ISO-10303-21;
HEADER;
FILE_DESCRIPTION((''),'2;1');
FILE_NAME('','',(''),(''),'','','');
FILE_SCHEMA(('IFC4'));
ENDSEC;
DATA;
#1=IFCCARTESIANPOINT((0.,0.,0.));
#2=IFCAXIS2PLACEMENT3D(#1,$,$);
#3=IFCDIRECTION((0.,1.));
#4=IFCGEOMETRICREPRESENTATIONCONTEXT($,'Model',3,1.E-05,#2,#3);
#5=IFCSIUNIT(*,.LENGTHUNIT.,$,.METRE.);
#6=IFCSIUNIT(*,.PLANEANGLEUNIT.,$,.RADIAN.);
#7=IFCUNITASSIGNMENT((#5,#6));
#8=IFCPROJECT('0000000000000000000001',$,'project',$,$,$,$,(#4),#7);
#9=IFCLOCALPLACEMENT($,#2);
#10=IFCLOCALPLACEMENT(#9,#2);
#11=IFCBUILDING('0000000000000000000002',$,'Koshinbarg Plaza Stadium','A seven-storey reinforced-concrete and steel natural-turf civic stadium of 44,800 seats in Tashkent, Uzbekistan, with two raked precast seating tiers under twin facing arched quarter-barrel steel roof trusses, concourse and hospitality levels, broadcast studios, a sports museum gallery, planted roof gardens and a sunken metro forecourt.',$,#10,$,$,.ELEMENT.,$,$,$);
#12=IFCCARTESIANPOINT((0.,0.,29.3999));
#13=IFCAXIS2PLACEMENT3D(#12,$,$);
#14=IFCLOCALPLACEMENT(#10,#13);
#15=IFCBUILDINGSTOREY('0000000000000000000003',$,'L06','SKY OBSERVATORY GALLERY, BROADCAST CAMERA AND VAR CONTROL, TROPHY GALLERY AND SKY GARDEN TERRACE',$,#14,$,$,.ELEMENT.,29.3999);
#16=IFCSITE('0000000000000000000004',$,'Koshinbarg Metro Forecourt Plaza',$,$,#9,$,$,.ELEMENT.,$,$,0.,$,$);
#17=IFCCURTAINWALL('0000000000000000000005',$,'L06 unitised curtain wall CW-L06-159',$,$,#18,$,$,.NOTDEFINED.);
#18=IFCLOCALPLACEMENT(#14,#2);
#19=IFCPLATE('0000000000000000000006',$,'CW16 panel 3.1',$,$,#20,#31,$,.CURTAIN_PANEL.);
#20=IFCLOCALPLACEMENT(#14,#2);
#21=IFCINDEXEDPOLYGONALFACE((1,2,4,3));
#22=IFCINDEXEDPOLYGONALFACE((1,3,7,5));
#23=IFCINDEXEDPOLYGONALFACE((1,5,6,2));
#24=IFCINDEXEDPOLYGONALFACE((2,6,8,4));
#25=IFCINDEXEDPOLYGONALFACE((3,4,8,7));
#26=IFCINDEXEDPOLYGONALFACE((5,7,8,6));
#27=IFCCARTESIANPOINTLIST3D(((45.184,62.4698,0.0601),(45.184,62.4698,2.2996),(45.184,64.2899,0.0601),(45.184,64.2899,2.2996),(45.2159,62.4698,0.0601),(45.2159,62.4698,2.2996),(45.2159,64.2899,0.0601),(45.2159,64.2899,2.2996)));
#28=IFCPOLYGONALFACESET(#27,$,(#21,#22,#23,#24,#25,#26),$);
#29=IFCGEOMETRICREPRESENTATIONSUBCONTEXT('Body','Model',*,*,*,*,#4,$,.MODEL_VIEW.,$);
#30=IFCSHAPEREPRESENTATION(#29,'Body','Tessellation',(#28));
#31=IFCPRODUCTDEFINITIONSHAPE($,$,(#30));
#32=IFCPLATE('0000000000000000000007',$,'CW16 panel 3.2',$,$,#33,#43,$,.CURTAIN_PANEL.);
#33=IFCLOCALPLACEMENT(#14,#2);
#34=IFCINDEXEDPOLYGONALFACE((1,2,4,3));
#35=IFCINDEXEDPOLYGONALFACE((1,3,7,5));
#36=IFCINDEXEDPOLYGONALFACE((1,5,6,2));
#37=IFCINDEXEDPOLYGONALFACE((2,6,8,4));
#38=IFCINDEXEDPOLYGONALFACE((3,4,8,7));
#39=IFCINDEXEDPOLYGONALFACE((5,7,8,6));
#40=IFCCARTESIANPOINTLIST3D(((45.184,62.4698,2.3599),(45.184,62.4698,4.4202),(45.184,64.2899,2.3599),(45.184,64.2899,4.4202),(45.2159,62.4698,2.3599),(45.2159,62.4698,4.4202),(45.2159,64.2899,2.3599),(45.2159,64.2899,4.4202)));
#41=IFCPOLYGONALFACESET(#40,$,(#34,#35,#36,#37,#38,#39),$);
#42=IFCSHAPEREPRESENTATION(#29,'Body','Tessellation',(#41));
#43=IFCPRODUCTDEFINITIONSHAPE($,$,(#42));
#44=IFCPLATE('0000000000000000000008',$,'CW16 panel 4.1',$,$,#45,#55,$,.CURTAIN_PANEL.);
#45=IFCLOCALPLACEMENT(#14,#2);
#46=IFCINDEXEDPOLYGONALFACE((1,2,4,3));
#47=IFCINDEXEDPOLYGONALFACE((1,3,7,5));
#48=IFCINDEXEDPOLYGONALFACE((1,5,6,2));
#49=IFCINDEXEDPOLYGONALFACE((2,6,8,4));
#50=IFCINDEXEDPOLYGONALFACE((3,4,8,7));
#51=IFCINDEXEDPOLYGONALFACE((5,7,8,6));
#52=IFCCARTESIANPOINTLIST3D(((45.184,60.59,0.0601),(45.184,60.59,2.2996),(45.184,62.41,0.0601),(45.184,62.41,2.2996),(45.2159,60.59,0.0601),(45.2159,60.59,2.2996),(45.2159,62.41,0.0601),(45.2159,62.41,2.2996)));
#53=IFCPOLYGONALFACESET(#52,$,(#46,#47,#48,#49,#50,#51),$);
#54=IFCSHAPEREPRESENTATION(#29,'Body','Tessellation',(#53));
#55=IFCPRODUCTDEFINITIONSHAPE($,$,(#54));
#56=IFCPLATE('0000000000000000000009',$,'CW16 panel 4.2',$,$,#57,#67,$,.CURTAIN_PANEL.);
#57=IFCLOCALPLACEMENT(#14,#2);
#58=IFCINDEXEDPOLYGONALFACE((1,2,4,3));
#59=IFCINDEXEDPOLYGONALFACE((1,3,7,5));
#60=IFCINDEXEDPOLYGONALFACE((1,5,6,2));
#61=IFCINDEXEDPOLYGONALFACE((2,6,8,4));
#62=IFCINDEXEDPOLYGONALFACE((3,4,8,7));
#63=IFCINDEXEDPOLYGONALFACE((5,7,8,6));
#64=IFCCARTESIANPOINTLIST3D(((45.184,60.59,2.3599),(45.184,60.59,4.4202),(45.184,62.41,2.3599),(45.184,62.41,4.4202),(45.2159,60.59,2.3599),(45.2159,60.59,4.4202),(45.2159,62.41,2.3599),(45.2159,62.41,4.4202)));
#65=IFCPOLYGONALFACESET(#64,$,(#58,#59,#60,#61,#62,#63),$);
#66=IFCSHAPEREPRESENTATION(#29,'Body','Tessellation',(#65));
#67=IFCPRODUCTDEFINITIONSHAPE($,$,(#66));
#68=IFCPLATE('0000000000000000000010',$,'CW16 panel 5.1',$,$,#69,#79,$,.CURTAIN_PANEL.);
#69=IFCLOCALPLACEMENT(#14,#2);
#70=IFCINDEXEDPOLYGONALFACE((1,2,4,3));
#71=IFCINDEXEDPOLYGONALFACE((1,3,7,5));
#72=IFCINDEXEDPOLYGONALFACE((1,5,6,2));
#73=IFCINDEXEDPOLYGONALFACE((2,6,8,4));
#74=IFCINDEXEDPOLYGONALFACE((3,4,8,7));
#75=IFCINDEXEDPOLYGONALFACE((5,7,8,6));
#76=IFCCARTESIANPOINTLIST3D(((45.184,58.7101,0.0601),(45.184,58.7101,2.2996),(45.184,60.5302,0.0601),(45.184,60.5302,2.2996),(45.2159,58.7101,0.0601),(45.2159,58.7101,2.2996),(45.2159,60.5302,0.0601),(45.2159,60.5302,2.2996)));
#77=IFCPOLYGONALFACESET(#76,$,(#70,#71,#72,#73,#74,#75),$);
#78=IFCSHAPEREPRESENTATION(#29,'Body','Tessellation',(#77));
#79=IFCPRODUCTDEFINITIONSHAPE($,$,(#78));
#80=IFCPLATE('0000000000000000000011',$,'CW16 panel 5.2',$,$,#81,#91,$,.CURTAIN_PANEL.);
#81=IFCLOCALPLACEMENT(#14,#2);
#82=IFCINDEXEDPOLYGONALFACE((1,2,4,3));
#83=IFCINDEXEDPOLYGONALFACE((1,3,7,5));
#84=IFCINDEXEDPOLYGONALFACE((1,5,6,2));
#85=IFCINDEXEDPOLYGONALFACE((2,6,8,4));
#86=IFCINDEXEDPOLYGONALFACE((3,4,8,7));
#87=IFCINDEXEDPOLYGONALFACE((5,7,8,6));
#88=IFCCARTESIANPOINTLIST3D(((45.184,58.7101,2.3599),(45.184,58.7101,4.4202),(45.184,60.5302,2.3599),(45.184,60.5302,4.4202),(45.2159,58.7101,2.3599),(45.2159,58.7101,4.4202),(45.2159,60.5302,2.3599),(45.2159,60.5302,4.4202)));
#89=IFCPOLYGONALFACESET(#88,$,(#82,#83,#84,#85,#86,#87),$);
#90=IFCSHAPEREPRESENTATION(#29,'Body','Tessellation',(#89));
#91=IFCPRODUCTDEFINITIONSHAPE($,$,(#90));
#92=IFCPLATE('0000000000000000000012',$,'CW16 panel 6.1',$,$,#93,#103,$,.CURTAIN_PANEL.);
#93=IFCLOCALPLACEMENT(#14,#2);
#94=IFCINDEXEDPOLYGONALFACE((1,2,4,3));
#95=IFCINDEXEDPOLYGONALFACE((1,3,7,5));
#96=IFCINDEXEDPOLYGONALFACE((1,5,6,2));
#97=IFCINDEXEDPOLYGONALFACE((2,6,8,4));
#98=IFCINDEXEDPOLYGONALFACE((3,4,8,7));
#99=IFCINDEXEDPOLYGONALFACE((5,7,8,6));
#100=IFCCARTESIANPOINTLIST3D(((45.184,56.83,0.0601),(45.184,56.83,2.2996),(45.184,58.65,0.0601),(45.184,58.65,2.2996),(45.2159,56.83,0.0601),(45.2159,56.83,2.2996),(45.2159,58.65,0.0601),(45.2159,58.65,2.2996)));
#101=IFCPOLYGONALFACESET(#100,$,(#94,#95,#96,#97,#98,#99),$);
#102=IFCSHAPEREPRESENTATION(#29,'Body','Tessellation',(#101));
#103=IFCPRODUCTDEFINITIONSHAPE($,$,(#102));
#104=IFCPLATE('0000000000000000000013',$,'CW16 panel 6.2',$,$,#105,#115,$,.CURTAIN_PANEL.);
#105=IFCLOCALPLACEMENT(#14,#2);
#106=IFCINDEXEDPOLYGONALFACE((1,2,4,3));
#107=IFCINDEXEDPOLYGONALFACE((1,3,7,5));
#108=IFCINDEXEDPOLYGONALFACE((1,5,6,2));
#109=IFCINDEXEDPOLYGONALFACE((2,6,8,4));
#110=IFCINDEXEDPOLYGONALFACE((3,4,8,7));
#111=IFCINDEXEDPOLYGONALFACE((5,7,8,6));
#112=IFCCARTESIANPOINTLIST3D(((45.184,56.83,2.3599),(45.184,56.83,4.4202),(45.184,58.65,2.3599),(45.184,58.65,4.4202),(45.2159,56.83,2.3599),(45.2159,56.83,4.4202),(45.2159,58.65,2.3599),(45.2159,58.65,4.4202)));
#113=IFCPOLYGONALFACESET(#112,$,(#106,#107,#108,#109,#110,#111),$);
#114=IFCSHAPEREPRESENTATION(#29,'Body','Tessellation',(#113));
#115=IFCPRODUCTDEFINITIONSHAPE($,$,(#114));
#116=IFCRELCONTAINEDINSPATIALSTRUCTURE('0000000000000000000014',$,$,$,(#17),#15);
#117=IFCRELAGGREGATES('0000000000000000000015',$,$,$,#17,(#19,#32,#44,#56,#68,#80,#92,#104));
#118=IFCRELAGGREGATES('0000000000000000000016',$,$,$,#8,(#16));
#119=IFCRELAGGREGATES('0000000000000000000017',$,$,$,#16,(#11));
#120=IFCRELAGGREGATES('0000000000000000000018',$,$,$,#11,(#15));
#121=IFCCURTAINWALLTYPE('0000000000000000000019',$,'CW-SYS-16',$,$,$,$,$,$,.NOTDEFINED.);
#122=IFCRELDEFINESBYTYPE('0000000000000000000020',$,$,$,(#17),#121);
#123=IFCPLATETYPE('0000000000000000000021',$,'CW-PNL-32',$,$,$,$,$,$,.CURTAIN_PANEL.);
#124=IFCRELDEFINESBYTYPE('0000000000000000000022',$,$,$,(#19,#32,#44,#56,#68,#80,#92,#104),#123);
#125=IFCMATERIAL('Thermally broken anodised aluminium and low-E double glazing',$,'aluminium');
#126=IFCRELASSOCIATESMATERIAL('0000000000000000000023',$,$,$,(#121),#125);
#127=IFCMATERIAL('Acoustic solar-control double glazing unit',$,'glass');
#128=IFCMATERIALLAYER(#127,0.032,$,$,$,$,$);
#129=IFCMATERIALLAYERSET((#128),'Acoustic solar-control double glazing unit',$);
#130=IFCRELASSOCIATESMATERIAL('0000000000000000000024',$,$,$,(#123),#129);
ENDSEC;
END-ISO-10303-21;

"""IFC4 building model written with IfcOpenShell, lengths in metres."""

from ifc_helpers import new_model, si_unit, direction, frame, origin, origin_2d, place, context, subcontext, project, spatial, rectangle, extrude, material, layer, layer_set, type_object, element, aggregate, save


model = new_model("IFC4")

# Units and contexts
model_context = context("Model", 3, precision=1e-05, world=origin(), true_north=direction((0.0, 1.0)))
body_context = subcontext(model_context, "Body", "Model", "MODEL_VIEW")
ifc_project = project(units=[si_unit("LENGTHUNIT", "METRE"), si_unit("PLANEANGLEUNIT", "RADIAN")], contexts=[model_context])

# Site, building, storey
site_placement = place(None, origin())
site = spatial("IfcSite", under=ifc_project, at=site_placement, Name="Koshinbarg Metro Forecourt Plaza", CompositionType="ELEMENT", RefElevation=0.0)
building_placement = place(site_placement, origin())
building = spatial("IfcBuilding", under=site, at=building_placement, Name="Koshinbarg Plaza Stadium", Description="A seven-storey reinforced-concrete and steel natural-turf civic stadium of 44,800 seats in Tashkent, Uzbekistan, with two raked precast seating tiers under twin facing arched quarter-barrel steel roof trusses, concourse and hospitality levels, broadcast studios, a sports museum gallery, planted roof gardens and a sunken metro forecourt.", CompositionType="ELEMENT")
storey_placement = place(building_placement, frame((0.0, 0.0, 29.3999)))
storey = spatial("IfcBuildingStorey", under=building, at=storey_placement, Name="L06", Description="SKY OBSERVATORY GALLERY, BROADCAST CAMERA AND VAR CONTROL, TROPHY GALLERY AND SKY GARDEN TERRACE", CompositionType="ELEMENT", Elevation=29.3999)

# Curtain wall, plates
ifc_material_1 = material(Name="Thermally broken anodised aluminium and low-E double glazing", Category="aluminium")
curtain_wall_type = type_object("IfcCurtainWallType", Name="CW-SYS-16", PredefinedType="NOTDEFINED", material=ifc_material_1)
curtain_wall_placement = place(storey_placement, origin())
curtain_wall = element("IfcCurtainWall", 1, at=curtain_wall_placement, inside=storey, type_object=curtain_wall_type, Name="L06 unitised curtain wall CW-L06-159", PredefinedType="NOTDEFINED")
ifc_material_2 = material(Name="Acoustic solar-control double glazing unit", Category="glass")
ifc_layer = layer(ifc_material_2, 0.032)
ifc_layer_set = layer_set([ifc_layer], Name="Acoustic solar-control double glazing unit")
plate_type = type_object("IfcPlateType", Name="CW-PNL-32", PredefinedType="CURTAIN_PANEL", material=ifc_layer_set)
plate_1_placement = place(storey_placement, frame((45.2, 63.3799, 0.0601), z_axis=(0.0, 0.0, 1.0), x_axis=(0.0, -1.0, 0.0)))
plate_1 = element("IfcPlate", 2, at=plate_1_placement, type_object=plate_type, Name="CW16 panel 3.1", PredefinedType="CURTAIN_PANEL", context=body_context, shape_type="SweptSolid", body=[
    extrude(rectangle(XDim=1.8201, YDim=0.032, at=origin_2d()), origin(), (0.0, 0.0, 1.0), 2.2395),
])
plate_2_placement = place(storey_placement, frame((45.2, 63.3799, 2.3599), z_axis=(0.0, 0.0, 1.0), x_axis=(0.0, -1.0, 0.0)))
plate_2 = element("IfcPlate", 3, at=plate_2_placement, type_object=plate_type, Name="CW16 panel 3.2", PredefinedType="CURTAIN_PANEL", context=body_context, shape_type="SweptSolid", body=[
    extrude(rectangle(XDim=1.8201, YDim=0.032, at=origin_2d()), origin(), (0.0, 0.0, 1.0), 2.0603),
])
plate_3_placement = place(storey_placement, frame((45.2, 61.5, 0.0601), z_axis=(0.0, 0.0, 1.0), x_axis=(0.0, -1.0, 0.0)))
plate_3 = element("IfcPlate", 4, at=plate_3_placement, type_object=plate_type, Name="CW16 panel 4.1", PredefinedType="CURTAIN_PANEL", context=body_context, shape_type="SweptSolid", body=[
    extrude(rectangle(XDim=1.8201, YDim=0.032, at=origin_2d()), origin(), (0.0, 0.0, 1.0), 2.2395),
])
plate_4_placement = place(storey_placement, frame((45.2, 61.5, 2.3599), z_axis=(0.0, 0.0, 1.0), x_axis=(0.0, -1.0, 0.0)))
plate_4 = element("IfcPlate", 5, at=plate_4_placement, type_object=plate_type, Name="CW16 panel 4.2", PredefinedType="CURTAIN_PANEL", context=body_context, shape_type="SweptSolid", body=[
    extrude(rectangle(XDim=1.8201, YDim=0.032, at=origin_2d()), origin(), (0.0, 0.0, 1.0), 2.0603),
])
plate_5_placement = place(storey_placement, frame((45.2, 59.6201, 0.0601), z_axis=(0.0, 0.0, 1.0), x_axis=(0.0, -1.0, 0.0)))
plate_5 = element("IfcPlate", 6, at=plate_5_placement, type_object=plate_type, Name="CW16 panel 5.1", PredefinedType="CURTAIN_PANEL", context=body_context, shape_type="SweptSolid", body=[
    extrude(rectangle(XDim=1.8201, YDim=0.032, at=origin_2d()), origin(), (0.0, 0.0, 1.0), 2.2395),
])
plate_6_placement = place(storey_placement, frame((45.2, 59.6201, 2.3599), z_axis=(0.0, 0.0, 1.0), x_axis=(0.0, -1.0, 0.0)))
plate_6 = element("IfcPlate", 7, at=plate_6_placement, type_object=plate_type, Name="CW16 panel 5.2", PredefinedType="CURTAIN_PANEL", context=body_context, shape_type="SweptSolid", body=[
    extrude(rectangle(XDim=1.8201, YDim=0.032, at=origin_2d()), origin(), (0.0, 0.0, 1.0), 2.0603),
])
plate_7_placement = place(storey_placement, frame((45.2, 57.74, 0.0601), z_axis=(0.0, 0.0, 1.0), x_axis=(0.0, -1.0, 0.0)))
plate_7 = element("IfcPlate", 8, at=plate_7_placement, type_object=plate_type, Name="CW16 panel 6.1", PredefinedType="CURTAIN_PANEL", context=body_context, shape_type="SweptSolid", body=[
    extrude(rectangle(XDim=1.8201, YDim=0.032, at=origin_2d()), origin(), (0.0, 0.0, 1.0), 2.2395),
])
plate_8_placement = place(storey_placement, frame((45.2, 57.74, 2.3599), z_axis=(0.0, 0.0, 1.0), x_axis=(0.0, -1.0, 0.0)))
plate_8 = element("IfcPlate", 9, at=plate_8_placement, type_object=plate_type, Name="CW16 panel 6.2", PredefinedType="CURTAIN_PANEL", context=body_context, shape_type="SweptSolid", body=[
    extrude(rectangle(XDim=1.8201, YDim=0.032, at=origin_2d()), origin(), (0.0, 0.0, 1.0), 2.0603),
])
aggregate(curtain_wall, [plate_1, plate_2, plate_3, plate_4, plate_5, plate_6, plate_7, plate_8])

save(model, "model.ifc")
